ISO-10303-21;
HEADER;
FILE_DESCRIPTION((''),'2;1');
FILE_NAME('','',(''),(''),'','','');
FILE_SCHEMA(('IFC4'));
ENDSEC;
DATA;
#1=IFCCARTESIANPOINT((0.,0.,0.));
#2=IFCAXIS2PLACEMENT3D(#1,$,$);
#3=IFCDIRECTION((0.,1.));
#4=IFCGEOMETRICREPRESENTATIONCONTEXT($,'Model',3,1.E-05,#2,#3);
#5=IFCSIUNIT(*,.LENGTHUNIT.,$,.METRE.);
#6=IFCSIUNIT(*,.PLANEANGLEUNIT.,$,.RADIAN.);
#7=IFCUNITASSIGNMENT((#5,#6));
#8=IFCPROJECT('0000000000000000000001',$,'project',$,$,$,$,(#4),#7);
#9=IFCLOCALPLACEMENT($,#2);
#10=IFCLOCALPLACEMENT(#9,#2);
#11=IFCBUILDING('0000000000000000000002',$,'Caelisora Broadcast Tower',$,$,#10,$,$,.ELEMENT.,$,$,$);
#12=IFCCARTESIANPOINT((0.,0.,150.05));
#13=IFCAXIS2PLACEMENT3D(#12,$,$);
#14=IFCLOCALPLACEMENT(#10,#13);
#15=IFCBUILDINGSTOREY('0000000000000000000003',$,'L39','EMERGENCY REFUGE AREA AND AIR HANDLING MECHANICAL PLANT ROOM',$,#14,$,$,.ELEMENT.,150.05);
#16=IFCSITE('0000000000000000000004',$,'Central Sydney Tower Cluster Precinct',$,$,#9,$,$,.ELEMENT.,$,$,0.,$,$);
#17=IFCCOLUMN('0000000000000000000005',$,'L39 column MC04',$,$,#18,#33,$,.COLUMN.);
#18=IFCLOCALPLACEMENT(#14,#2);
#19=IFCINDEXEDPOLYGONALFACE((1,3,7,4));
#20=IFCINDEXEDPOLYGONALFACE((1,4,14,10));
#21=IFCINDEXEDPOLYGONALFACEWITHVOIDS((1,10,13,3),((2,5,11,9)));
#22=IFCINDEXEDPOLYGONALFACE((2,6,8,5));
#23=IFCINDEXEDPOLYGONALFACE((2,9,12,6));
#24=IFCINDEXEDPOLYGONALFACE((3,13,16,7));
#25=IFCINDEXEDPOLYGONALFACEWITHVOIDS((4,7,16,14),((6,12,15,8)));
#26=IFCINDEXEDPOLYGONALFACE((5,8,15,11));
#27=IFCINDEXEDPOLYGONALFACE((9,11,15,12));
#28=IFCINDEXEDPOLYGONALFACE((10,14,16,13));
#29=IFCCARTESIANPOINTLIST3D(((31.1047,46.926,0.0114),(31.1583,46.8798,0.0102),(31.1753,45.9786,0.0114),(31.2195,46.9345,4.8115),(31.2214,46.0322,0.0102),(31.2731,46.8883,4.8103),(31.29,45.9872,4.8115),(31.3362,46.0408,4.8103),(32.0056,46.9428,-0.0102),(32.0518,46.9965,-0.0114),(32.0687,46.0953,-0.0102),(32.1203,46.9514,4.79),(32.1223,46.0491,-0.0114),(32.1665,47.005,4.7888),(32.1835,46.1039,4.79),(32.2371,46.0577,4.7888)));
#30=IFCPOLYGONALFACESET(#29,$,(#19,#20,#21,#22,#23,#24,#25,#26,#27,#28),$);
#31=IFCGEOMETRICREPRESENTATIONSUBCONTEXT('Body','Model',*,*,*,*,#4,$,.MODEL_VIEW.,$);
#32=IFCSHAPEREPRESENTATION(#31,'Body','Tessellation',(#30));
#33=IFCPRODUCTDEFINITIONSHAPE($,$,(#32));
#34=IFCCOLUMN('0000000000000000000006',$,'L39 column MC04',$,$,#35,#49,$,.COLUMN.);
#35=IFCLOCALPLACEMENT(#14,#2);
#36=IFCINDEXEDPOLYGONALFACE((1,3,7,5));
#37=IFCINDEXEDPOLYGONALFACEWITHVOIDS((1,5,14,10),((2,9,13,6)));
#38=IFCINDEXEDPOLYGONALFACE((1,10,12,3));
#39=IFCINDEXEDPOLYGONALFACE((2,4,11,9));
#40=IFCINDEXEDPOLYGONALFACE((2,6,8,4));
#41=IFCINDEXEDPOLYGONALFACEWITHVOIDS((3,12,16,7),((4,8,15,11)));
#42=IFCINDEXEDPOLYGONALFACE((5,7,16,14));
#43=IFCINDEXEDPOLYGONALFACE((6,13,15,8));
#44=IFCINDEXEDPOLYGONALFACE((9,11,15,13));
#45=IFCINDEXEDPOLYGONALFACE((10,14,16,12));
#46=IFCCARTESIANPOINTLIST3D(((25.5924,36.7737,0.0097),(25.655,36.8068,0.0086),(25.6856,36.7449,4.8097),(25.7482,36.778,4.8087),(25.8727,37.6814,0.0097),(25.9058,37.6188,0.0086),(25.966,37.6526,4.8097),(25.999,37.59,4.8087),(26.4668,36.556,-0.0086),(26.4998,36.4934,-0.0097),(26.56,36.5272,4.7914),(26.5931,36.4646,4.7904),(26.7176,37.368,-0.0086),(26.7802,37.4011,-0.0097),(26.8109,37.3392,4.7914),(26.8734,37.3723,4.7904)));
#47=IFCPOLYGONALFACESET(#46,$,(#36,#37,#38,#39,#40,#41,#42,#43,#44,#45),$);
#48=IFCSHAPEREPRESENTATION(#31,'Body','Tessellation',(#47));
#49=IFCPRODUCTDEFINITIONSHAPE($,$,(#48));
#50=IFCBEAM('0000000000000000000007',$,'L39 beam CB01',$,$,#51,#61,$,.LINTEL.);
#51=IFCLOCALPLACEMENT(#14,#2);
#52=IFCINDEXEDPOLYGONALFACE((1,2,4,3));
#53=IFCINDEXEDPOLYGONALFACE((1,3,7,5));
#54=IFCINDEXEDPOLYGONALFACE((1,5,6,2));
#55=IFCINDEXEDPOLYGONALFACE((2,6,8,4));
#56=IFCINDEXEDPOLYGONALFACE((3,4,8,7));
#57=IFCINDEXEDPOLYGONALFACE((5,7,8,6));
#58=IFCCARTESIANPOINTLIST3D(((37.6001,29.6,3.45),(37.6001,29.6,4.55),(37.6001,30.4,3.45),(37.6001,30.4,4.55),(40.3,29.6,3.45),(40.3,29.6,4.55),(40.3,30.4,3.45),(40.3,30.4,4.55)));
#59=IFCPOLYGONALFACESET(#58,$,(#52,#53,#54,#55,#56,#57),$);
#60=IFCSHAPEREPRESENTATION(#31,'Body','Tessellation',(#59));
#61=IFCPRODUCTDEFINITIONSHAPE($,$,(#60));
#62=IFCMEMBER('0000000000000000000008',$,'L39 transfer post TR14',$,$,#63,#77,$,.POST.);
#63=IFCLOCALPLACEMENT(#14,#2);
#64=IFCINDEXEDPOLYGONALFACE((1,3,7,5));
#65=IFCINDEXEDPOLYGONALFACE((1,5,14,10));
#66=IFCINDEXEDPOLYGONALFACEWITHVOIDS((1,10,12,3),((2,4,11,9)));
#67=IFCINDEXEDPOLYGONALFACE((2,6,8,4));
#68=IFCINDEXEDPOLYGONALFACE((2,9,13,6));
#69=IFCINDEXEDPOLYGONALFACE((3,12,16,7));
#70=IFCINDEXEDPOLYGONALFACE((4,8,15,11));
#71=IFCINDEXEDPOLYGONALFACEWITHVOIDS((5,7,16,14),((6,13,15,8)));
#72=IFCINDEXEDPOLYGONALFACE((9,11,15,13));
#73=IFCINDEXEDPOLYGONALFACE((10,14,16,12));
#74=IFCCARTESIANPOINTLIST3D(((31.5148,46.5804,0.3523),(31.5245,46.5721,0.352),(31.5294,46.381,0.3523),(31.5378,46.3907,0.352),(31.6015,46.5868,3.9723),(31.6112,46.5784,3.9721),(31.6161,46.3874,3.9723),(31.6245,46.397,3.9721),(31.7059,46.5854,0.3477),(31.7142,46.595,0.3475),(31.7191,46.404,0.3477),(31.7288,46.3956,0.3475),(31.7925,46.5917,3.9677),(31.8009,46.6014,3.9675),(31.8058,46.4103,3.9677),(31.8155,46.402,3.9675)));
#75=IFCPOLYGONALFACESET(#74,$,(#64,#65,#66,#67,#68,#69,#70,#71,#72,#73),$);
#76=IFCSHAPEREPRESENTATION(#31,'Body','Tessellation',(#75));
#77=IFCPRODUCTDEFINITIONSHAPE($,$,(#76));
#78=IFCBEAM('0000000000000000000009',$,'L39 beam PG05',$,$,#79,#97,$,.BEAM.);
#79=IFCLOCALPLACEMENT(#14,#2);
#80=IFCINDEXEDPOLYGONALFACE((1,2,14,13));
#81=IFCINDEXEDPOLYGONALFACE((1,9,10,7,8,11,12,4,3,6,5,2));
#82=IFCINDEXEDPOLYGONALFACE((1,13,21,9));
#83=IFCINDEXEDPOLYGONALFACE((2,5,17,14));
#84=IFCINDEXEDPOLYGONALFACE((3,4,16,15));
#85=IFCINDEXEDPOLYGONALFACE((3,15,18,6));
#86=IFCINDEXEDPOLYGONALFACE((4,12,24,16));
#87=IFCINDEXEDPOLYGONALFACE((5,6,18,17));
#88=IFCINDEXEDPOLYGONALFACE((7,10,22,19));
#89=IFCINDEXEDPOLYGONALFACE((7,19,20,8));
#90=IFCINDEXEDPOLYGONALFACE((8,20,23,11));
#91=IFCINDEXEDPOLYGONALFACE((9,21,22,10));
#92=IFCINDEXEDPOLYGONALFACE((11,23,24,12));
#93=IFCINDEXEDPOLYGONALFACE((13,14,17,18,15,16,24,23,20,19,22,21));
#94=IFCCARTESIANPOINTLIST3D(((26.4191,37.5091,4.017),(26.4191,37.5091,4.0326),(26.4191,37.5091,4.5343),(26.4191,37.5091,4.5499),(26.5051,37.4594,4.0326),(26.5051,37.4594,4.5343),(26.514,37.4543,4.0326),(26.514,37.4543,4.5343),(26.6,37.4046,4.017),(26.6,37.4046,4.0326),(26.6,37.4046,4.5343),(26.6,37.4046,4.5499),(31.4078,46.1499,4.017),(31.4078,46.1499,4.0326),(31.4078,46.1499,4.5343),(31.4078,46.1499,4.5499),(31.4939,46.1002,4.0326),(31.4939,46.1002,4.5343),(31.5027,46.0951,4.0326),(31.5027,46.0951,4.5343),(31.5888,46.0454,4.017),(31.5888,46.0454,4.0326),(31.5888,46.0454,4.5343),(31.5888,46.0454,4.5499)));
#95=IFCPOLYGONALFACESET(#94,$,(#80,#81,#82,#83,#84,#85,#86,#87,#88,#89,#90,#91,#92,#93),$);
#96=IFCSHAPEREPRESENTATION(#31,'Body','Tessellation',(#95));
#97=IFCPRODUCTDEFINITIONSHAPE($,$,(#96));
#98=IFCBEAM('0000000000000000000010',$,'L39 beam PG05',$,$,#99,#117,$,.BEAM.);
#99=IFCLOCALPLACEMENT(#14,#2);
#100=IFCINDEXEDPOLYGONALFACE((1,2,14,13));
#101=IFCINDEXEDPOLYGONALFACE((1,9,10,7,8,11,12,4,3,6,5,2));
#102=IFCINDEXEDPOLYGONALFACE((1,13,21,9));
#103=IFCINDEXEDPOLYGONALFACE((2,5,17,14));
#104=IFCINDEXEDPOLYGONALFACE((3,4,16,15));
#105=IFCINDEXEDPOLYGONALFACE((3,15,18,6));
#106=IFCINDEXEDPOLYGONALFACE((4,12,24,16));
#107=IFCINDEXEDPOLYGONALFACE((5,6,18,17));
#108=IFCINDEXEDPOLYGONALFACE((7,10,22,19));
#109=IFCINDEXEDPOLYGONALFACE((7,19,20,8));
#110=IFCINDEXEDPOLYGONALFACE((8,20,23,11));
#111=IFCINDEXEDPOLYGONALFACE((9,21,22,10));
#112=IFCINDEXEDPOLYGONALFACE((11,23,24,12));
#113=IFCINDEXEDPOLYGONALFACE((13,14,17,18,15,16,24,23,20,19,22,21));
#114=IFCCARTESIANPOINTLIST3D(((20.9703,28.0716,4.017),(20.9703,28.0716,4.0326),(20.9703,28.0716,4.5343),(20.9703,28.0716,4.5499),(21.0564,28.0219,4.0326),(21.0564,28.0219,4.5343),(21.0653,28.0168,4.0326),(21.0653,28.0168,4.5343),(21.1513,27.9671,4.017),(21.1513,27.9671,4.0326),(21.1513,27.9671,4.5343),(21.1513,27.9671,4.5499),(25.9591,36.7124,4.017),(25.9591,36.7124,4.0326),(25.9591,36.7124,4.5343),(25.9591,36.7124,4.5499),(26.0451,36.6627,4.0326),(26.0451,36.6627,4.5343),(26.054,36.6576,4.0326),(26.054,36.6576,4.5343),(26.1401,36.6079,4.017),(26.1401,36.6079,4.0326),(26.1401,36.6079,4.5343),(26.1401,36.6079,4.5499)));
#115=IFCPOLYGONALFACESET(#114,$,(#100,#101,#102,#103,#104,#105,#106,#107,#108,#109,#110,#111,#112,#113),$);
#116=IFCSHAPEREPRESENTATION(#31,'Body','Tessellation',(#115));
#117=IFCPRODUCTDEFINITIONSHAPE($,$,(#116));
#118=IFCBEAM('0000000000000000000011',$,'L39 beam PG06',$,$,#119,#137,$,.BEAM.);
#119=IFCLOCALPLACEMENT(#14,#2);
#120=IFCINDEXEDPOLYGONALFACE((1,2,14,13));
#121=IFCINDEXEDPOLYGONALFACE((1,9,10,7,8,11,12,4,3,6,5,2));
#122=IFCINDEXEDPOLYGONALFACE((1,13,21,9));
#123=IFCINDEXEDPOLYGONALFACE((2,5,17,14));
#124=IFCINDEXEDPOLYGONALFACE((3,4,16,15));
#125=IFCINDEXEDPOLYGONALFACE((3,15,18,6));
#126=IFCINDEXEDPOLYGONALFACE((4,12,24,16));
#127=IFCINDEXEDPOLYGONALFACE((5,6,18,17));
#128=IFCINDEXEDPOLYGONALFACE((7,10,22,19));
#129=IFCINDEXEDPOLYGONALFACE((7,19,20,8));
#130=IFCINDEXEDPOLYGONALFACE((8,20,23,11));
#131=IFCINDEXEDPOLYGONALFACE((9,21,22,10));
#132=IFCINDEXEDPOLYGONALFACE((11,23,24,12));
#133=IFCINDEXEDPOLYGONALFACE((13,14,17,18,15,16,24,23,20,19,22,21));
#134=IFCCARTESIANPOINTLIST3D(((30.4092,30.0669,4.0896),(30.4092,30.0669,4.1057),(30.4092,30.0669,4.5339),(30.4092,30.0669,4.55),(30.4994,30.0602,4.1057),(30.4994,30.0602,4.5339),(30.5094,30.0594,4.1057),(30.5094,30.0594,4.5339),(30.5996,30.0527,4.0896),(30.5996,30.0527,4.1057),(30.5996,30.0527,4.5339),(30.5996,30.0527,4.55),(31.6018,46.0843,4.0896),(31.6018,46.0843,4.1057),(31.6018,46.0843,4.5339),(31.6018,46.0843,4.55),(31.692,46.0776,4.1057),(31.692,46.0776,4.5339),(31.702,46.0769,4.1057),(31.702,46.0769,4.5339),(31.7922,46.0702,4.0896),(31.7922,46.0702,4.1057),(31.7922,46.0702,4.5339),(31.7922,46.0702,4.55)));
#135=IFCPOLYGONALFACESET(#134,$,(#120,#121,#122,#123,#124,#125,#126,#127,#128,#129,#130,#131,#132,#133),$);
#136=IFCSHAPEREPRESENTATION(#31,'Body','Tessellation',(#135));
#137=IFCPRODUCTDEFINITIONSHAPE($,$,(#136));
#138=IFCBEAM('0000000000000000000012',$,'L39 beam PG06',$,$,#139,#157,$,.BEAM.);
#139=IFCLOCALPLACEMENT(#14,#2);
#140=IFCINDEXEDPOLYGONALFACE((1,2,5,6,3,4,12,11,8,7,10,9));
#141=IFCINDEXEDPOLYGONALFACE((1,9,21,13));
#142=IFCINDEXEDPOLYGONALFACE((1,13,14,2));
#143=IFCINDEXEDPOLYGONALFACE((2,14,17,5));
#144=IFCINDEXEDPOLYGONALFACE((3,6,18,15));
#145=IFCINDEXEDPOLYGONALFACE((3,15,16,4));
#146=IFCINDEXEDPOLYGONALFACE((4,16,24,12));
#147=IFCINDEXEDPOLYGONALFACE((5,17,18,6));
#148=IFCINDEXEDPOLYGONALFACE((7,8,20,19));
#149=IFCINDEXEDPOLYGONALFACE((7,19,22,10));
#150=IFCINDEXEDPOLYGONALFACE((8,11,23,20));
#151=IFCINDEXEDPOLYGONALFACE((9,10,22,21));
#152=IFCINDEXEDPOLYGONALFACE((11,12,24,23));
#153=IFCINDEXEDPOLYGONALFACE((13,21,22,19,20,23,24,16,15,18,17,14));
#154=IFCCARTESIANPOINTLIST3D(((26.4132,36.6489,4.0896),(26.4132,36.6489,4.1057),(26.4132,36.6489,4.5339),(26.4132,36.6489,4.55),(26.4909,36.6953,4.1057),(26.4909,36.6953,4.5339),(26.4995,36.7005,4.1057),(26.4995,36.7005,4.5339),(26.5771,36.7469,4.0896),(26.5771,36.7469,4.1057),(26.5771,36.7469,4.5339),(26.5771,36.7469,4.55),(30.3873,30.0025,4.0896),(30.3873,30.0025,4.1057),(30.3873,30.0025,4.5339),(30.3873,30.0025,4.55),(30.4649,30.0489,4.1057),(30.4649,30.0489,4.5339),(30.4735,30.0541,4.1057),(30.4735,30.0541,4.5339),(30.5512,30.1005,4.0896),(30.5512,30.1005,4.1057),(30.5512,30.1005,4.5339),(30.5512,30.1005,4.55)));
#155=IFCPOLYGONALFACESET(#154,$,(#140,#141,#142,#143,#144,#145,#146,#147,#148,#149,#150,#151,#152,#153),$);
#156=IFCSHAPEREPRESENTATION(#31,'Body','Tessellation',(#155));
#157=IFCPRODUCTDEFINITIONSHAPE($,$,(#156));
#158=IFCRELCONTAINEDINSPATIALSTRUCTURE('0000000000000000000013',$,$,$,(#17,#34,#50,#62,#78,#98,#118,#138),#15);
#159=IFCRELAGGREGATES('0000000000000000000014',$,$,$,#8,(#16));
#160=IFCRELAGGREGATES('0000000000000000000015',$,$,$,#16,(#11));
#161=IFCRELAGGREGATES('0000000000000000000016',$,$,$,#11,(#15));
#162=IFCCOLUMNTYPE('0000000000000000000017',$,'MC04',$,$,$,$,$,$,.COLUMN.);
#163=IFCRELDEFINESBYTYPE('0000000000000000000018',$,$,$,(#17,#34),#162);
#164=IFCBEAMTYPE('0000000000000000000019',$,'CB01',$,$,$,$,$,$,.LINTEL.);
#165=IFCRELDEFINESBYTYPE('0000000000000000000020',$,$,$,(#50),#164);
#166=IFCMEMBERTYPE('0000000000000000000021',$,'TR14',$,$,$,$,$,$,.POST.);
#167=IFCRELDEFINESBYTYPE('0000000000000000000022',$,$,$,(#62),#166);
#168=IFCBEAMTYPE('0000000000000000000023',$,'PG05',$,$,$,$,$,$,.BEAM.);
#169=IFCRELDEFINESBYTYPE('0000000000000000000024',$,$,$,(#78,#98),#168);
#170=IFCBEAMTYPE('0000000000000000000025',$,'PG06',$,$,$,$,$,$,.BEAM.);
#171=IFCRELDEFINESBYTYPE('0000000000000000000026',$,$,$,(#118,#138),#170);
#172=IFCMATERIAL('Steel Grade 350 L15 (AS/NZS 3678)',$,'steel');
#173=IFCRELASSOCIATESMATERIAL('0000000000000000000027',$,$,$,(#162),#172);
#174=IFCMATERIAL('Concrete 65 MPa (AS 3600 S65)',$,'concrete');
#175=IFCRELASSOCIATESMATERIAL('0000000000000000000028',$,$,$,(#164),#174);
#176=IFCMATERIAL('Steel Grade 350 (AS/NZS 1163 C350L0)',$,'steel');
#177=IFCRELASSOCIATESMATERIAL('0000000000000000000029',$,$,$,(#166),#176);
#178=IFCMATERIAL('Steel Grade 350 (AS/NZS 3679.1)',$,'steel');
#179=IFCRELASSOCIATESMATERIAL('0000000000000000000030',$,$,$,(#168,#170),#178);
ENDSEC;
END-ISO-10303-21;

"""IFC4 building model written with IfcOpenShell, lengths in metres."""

from ifc_helpers import new_model, si_unit, direction, frame, origin, origin_2d, place, context, subcontext, project, spatial, rectangle, hollow_rectangle, i_section, extrude, source, transform, mapped, material, material_profile, profile_set, type_object, type_shapes, element, save


model = new_model("IFC4")

# Units and contexts
model_context = context("Model", 3, precision=1e-05, world=origin(), true_north=direction((0.0, 1.0)))
body_context = subcontext(model_context, "Body", "Model", "MODEL_VIEW")
ifc_project = project(units=[si_unit("LENGTHUNIT", "METRE"), si_unit("PLANEANGLEUNIT", "RADIAN")], contexts=[model_context])

# Site, building, storey
site_placement = place(None, origin())
site = spatial("IfcSite", under=ifc_project, at=site_placement, Name="Central Sydney Tower Cluster Precinct", CompositionType="ELEMENT", RefElevation=0.0)
building_placement = place(site_placement, origin())
building = spatial("IfcBuilding", under=site, at=building_placement, Name="Caelisora Broadcast Tower", CompositionType="ELEMENT")
storey_placement = place(building_placement, frame((0.0, 0.0, 150.05)))
storey = spatial("IfcBuildingStorey", under=building, at=storey_placement, Name="L39", Description="EMERGENCY REFUGE AREA AND AIR HANDLING MECHANICAL PLANT ROOM", CompositionType="ELEMENT", Elevation=150.05)

# Columns
ifc_material_1 = material(Name="Steel Grade 350 L15 (AS/NZS 3678)", Category="steel")
ifc_material_profile_1 = material_profile(ifc_material_1, hollow_rectangle(XDim=0.95, YDim=0.95, WallThickness=0.05, at=origin_2d()), Name="Steel Grade 350 L15 (AS/NZS 3678)")
ifc_profile_set_1 = profile_set([ifc_material_profile_1], Name="Steel Grade 350 L15 (AS/NZS 3678)")
column_type = type_object("IfcColumnType", Name="MC04", PredefinedType="COLUMN", material=ifc_profile_set_1)
shared_shape_1 = source(origin(), body_context, "Body", "SweptSolid", [
    extrude(hollow_rectangle(XDim=0.95, YDim=0.95, WallThickness=0.05, at=origin_2d()), origin(), (0.0, 0.0, 1.0), 4.8015),
])
column_1_placement = place(storey_placement, frame((31.6135, 46.4875, 0.0), z_axis=(0.023898, 0.00178, 0.999713), x_axis=(-0.074262, 0.997239, 0.0)))
element("IfcColumn", 1, at=column_1_placement, inside=storey, type_object=column_type, Name="L39 column MC04", PredefinedType="COLUMN", context=body_context, shape_type="MappedRepresentation", body=[
    mapped(shared_shape_1, transform((0.0, 0.0, 0.0), scale=1.0)),
])
shared_shape_2 = source(origin(), body_context, "Body", "SweptSolid", [
    extrude(hollow_rectangle(XDim=0.95, YDim=0.95, WallThickness=0.05, at=origin_2d()), origin(), (0.0, 0.0, 1.0), 4.801),
])
type_shapes(column_type, [shared_shape_1, shared_shape_2])
column_2_placement = place(storey_placement, frame((26.1863, 37.0874, 0.0), z_axis=(0.019425, -0.006, 0.999793), x_axis=(0.29514, 0.955454, 0.0)))
element("IfcColumn", 2, at=column_2_placement, inside=storey, type_object=column_type, Name="L39 column MC04", PredefinedType="COLUMN", context=body_context, shape_type="MappedRepresentation", body=[
    mapped(shared_shape_2, transform((0.0, 0.0, 0.0), scale=1.0)),
])

# Beam
ifc_material_2 = material(Name="Concrete 65 MPa (AS 3600 S65)", Category="concrete")
ifc_material_profile_2 = material_profile(ifc_material_2, rectangle(XDim=0.8, YDim=1.1001, at=origin_2d()), Name="Concrete 65 MPa (AS 3600 S65)")
ifc_profile_set_2 = profile_set([ifc_material_profile_2], Name="Concrete 65 MPa (AS 3600 S65)")
beam_type_1 = type_object("IfcBeamType", Name="CB01", PredefinedType="LINTEL", material=ifc_profile_set_2)
shared_shape_3 = source(origin(), body_context, "Body", "SweptSolid", [
    extrude(rectangle(XDim=0.8, YDim=1.1001, at=origin_2d()), origin(), (0.0, 0.0, 1.0), 2.7),
])
type_shapes(beam_type_1, [shared_shape_3])
beam_1_placement = place(storey_placement, frame((37.6001, 30.0, 4.0), z_axis=(1.0, 0.0, 0.0), x_axis=(0.0, 1.0, 0.0)))
element("IfcBeam", 3, at=beam_1_placement, inside=storey, type_object=beam_type_1, Name="L39 beam CB01", PredefinedType="LINTEL", context=body_context, shape_type="MappedRepresentation", body=[
    mapped(shared_shape_3, transform((0.0, 0.0, 0.0), scale=1.0)),
])

# Member
ifc_material_3 = material(Name="Steel Grade 350 (AS/NZS 1163 C350L0)", Category="steel")
ifc_material_profile_3 = material_profile(ifc_material_3, hollow_rectangle(XDim=0.2, YDim=0.2, WallThickness=0.009, at=origin_2d()), Name="Steel Grade 350 (AS/NZS 1163 C350L0)")
ifc_profile_set_3 = profile_set([ifc_material_profile_3], Name="Steel Grade 350 (AS/NZS 1163 C350L0)")
member_type_1 = type_object("IfcMemberType", Name="TR14", PredefinedType="POST", material=ifc_profile_set_3)
shared_shape_4 = source(origin(), body_context, "Body", "SweptSolid", [
    extrude(hollow_rectangle(XDim=0.2, YDim=0.2, WallThickness=0.009, at=origin_2d()), origin(), (0.0, 0.0, 1.0), 3.6211),
])
type_shapes(member_type_1, [shared_shape_4])
member_1_placement = place(storey_placement, frame((31.6218, 46.488, 0.3499), z_axis=(0.023934, 0.001753, 0.999712), x_axis=(-0.073044, 0.997329, 0.0)))
element("IfcMember", 4, at=member_1_placement, inside=storey, type_object=member_type_1, Name="L39 transfer post TR14", PredefinedType="POST", context=body_context, shape_type="MappedRepresentation", body=[
    mapped(shared_shape_4, transform((0.0, 0.0, 0.0), scale=1.0)),
])

# Beams
ifc_material_4 = material(Name="Steel Grade 350 (AS/NZS 3679.1)", Category="steel")
ifc_material_profile_4 = material_profile(ifc_material_4, i_section(OverallWidth=0.209, OverallDepth=0.533, WebThickness=0.0103, FlangeThickness=0.0156, at=origin_2d()), Name="Steel Grade 350 (AS/NZS 3679.1)")
ifc_profile_set_4 = profile_set([ifc_material_profile_4], Name="Steel Grade 350 (AS/NZS 3679.1)")
beam_type_2 = type_object("IfcBeamType", Name="PG05", PredefinedType="BEAM", material=ifc_profile_set_4)
shared_shape_5 = source(origin(), body_context, "Body", "SweptSolid", [
    extrude(i_section(OverallWidth=0.209, OverallDepth=0.533, WebThickness=0.0103, FlangeThickness=0.0156, at=origin_2d()), origin(), (0.0, 0.0, 1.0), 9.9775),
])
type_shapes(beam_type_2, [shared_shape_5])
for number, where, z_axis, x_axis, name in (
    (5, (31.4983, 46.0977, 4.2834), (-0.499997, -0.866027, 0.0), (0.866027, -0.499997, 0.0), "L39 beam PG05"),
    (6, (26.0496, 36.6602, 4.2834), (-0.499997, -0.866027, 0.0), (0.866027, -0.499997, 0.0), "L39 beam PG05"),
):
    element("IfcBeam", number, at=place(storey_placement, frame(where, z_axis=z_axis, x_axis=x_axis)), inside=storey, type_object=beam_type_2, Name=name, PredefinedType="BEAM", context=body_context, shape_type="MappedRepresentation", body=[
        mapped(shared_shape_5, transform((0.0, 0.0, 0.0), scale=1.0)),
    ])
ifc_material_profile_5 = material_profile(ifc_material_4, i_section(OverallWidth=0.1909, OverallDepth=0.4604, WebThickness=0.01, FlangeThickness=0.0161, at=origin_2d()), Name="Steel Grade 350 (AS/NZS 3679.1)")
ifc_profile_set_5 = profile_set([ifc_material_profile_5], Name="Steel Grade 350 (AS/NZS 3679.1)")
beam_type_3 = type_object("IfcBeamType", Name="PG06", PredefinedType="BEAM", material=ifc_profile_set_5)
shared_shape_6 = source(origin(), body_context, "Body", "SweptSolid", [
    extrude(i_section(OverallWidth=0.1909, OverallDepth=0.4604, WebThickness=0.01, FlangeThickness=0.0161, at=origin_2d()), origin(), (0.0, 0.0, 1.0), 16.0618),
])
beam_2_placement = place(storey_placement, frame((30.5044, 30.0598, 4.3198), z_axis=(0.074253, 0.997239, 0.0), x_axis=(-0.997239, 0.074253, 0.0)))
element("IfcBeam", 7, at=beam_2_placement, inside=storey, type_object=beam_type_3, Name="L39 beam PG06", PredefinedType="BEAM", context=body_context, shape_type="MappedRepresentation", body=[
    mapped(shared_shape_6, transform((0.0, 0.0, 0.0), scale=1.0)),
])
shared_shape_7 = source(origin(), body_context, "Body", "SweptSolid", [
    extrude(i_section(OverallWidth=0.1909, OverallDepth=0.4604, WebThickness=0.01, FlangeThickness=0.0161, at=origin_2d()), origin(), (0.0, 0.0, 1.0), 7.7439),
])
type_shapes(beam_type_3, [shared_shape_6, shared_shape_7])
beam_3_placement = place(storey_placement, frame((30.4692, 30.0515, 4.3198), z_axis=(-0.513188, 0.858276, 0.0), x_axis=(-0.858276, -0.513188, 0.0)))
element("IfcBeam", 8, at=beam_3_placement, inside=storey, type_object=beam_type_3, Name="L39 beam PG06", PredefinedType="BEAM", context=body_context, shape_type="MappedRepresentation", body=[
    mapped(shared_shape_7, transform((0.0, 0.0, 0.0), scale=1.0)),
])

save(model, "model.ifc")
